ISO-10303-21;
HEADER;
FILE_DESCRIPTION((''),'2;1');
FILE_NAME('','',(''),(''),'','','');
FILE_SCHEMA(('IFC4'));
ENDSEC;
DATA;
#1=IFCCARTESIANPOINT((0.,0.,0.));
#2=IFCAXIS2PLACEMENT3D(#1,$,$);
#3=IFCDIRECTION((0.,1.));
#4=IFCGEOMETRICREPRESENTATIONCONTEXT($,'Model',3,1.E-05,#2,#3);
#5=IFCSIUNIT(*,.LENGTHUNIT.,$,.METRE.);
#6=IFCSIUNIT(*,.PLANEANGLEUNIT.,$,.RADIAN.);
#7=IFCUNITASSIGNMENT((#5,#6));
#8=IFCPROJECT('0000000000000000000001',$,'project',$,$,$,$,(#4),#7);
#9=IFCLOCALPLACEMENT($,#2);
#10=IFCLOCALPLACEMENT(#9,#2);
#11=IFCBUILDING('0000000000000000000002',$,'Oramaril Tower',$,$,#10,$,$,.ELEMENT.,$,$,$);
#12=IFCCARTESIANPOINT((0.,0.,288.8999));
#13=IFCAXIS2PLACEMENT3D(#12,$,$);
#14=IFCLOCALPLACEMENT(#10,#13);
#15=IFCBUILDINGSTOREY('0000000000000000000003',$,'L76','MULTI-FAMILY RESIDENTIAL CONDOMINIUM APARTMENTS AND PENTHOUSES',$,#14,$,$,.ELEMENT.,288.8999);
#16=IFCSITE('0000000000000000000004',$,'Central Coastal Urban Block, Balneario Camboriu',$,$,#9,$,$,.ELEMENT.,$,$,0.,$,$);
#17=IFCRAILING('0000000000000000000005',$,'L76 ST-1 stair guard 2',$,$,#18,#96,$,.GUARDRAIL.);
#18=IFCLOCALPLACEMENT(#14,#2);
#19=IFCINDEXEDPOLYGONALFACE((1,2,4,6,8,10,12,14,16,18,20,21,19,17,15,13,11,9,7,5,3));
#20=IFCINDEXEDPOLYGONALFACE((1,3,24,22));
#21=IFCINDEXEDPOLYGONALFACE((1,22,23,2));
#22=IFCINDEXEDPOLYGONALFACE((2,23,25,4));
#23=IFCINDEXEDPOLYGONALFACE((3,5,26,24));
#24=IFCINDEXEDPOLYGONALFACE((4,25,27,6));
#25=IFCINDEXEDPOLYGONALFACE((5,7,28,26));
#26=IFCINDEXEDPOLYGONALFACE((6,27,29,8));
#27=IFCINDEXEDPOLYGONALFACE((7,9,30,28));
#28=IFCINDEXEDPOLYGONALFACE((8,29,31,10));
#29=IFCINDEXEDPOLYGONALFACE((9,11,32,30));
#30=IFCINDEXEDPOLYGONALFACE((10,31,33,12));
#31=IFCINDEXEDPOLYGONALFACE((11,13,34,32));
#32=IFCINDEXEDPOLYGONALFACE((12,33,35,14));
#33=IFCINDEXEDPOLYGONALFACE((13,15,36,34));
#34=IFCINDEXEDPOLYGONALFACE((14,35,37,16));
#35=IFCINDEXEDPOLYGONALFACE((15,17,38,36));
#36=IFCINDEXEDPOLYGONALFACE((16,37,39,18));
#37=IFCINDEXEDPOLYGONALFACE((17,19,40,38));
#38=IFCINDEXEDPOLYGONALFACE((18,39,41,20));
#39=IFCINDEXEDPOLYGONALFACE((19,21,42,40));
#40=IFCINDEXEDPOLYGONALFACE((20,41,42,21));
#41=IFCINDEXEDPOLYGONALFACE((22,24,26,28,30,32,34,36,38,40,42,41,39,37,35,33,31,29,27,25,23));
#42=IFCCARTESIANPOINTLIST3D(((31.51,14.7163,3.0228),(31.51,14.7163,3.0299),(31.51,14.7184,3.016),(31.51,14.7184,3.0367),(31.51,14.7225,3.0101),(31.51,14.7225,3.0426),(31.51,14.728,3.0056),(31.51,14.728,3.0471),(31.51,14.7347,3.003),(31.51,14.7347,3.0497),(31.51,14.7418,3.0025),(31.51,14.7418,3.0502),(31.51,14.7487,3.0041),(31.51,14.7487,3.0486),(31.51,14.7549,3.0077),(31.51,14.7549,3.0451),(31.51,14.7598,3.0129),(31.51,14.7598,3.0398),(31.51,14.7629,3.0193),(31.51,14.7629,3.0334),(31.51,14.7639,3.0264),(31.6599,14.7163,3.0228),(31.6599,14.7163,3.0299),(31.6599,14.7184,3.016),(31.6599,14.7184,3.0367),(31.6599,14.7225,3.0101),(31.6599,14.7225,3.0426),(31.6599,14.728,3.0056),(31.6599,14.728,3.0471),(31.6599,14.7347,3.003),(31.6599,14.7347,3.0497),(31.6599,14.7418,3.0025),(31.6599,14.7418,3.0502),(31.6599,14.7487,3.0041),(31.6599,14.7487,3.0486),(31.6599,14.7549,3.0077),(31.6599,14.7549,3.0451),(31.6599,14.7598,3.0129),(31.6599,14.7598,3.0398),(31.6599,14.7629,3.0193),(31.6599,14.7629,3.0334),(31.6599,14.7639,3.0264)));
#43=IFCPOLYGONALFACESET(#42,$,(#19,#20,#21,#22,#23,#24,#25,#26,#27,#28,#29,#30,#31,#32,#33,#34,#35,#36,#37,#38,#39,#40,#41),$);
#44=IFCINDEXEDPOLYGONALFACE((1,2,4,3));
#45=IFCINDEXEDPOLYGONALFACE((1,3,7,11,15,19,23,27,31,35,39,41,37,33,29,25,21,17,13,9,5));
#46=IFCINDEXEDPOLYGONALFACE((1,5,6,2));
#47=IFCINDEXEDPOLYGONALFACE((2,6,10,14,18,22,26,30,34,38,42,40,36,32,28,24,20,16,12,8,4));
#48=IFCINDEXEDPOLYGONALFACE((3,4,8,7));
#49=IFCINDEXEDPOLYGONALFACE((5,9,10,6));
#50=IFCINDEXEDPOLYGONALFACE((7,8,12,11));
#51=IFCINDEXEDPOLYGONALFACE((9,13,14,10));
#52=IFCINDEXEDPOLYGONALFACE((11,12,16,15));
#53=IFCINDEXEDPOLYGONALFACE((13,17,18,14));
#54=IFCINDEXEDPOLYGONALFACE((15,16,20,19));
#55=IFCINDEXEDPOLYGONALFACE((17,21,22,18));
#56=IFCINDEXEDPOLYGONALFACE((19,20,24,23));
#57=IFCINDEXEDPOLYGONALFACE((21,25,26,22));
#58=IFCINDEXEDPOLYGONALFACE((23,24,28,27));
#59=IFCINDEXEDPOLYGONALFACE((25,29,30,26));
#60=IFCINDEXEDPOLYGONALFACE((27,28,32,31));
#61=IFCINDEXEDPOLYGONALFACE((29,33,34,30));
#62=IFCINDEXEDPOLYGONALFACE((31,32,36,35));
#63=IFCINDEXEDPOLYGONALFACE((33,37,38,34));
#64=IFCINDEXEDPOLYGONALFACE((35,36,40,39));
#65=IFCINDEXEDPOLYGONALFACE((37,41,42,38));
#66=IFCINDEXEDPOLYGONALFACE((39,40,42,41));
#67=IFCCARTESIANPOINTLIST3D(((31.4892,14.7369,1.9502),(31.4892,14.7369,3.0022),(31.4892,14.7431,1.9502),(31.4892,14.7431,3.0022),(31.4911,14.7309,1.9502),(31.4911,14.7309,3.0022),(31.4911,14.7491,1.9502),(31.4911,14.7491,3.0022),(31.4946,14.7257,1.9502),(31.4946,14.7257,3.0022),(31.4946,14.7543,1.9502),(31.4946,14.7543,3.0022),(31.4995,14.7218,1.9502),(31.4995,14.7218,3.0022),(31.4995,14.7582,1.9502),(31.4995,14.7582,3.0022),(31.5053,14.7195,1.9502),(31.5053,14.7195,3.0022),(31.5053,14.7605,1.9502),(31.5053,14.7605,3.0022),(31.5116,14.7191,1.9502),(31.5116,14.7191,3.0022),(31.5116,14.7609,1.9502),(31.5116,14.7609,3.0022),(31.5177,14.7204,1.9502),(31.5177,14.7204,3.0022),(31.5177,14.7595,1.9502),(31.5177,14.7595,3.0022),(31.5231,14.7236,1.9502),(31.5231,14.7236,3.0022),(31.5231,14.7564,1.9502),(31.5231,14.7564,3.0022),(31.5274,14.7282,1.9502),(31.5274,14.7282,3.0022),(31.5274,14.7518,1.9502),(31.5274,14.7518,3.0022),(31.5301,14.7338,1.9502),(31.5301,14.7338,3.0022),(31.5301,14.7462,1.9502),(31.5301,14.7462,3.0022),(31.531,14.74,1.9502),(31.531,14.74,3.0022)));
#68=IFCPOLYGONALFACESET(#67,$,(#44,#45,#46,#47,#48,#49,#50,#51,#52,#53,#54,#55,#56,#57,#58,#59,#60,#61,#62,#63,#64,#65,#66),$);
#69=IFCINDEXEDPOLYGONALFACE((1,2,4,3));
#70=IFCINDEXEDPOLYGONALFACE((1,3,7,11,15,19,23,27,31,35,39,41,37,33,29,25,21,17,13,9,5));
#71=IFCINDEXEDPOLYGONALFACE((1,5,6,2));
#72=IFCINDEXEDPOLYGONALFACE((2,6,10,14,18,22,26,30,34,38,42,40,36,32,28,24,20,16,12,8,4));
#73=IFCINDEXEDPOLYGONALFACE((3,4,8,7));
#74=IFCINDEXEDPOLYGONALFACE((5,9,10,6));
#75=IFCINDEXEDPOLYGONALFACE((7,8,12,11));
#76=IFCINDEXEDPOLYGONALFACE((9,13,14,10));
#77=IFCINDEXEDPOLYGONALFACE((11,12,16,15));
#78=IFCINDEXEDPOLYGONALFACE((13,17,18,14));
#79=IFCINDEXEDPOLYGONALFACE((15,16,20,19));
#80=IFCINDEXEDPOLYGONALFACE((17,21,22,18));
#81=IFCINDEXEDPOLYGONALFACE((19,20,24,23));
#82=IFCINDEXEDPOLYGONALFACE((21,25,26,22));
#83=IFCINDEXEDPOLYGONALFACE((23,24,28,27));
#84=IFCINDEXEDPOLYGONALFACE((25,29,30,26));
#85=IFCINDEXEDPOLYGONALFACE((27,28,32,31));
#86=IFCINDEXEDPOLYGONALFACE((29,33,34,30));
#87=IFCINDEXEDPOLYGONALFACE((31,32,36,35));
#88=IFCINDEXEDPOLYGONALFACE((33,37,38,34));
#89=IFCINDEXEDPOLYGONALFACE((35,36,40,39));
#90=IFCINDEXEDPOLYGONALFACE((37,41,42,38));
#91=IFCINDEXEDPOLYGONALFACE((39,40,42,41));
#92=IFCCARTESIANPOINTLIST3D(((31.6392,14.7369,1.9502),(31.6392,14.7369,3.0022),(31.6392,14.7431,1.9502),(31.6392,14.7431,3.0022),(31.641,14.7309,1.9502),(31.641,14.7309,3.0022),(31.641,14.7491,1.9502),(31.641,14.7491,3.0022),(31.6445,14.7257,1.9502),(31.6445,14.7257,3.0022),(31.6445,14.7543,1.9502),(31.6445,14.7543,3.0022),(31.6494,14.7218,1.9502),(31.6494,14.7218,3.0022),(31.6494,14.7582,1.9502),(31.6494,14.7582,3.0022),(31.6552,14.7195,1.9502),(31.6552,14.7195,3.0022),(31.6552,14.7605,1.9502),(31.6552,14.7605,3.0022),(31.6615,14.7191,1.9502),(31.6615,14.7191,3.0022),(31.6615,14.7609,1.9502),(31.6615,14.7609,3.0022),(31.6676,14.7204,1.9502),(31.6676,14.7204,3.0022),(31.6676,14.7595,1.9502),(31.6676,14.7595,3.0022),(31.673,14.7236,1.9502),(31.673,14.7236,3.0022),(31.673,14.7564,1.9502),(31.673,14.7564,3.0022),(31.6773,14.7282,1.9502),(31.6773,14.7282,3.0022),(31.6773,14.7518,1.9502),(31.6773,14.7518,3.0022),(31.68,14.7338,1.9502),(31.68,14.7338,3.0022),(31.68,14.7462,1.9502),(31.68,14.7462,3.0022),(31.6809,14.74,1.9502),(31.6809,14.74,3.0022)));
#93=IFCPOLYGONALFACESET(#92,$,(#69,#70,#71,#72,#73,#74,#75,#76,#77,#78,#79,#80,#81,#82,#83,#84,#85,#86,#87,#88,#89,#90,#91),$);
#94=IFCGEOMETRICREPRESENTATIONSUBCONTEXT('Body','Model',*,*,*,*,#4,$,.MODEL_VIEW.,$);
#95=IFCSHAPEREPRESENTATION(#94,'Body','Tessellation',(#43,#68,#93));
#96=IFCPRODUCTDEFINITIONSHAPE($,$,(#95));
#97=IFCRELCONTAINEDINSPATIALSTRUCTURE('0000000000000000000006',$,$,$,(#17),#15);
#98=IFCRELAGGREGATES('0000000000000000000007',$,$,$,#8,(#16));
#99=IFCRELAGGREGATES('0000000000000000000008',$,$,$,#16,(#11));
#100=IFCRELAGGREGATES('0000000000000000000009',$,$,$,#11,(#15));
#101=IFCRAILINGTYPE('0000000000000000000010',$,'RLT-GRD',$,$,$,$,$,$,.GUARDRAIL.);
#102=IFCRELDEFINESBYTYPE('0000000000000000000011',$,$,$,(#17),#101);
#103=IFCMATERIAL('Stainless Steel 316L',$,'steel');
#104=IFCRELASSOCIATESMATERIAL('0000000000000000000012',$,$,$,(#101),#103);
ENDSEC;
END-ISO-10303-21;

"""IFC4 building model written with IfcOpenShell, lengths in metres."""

from ifc_helpers import new_model, si_unit, direction, frame, origin, origin_2d, place, context, subcontext, project, spatial, circle, extrude, material, type_object, element, save


model = new_model("IFC4")

# Units and contexts
model_context = context("Model", 3, precision=1e-05, world=origin(), true_north=direction((0.0, 1.0)))
body_context = subcontext(model_context, "Body", "Model", "MODEL_VIEW")
ifc_project = project(units=[si_unit("LENGTHUNIT", "METRE"), si_unit("PLANEANGLEUNIT", "RADIAN")], contexts=[model_context])

# Site, building, storey
site_placement = place(None, origin())
site = spatial("IfcSite", under=ifc_project, at=site_placement, Name="Central Coastal Urban Block, Balneario Camboriu", CompositionType="ELEMENT", RefElevation=0.0)
building_placement = place(site_placement, origin())
building = spatial("IfcBuilding", under=site, at=building_placement, Name="Oramaril Tower", CompositionType="ELEMENT")
storey_placement = place(building_placement, frame((0.0, 0.0, 288.8999)))
storey = spatial("IfcBuildingStorey", under=building, at=storey_placement, Name="L76", Description="MULTI-FAMILY RESIDENTIAL CONDOMINIUM APARTMENTS AND PENTHOUSES", CompositionType="ELEMENT", Elevation=288.8999)

# Railing
ifc_material_1 = material(Name="Stainless Steel 316L", Category="steel")
railing_type_1 = type_object("IfcRailingType", Name="RLT-GRD", PredefinedType="GUARDRAIL", material=ifc_material_1)
railing_1_placement = place(storey_placement, frame((31.51, 14.74, 1.9502)))
element("IfcRailing", 1, at=railing_1_placement, inside=storey, type_object=railing_type_1, Name="L76 ST-1 stair guard 2", PredefinedType="GUARDRAIL", context=body_context, shape_type="SweptSolid", body=[
    extrude(circle(Radius=0.0239, at=origin_2d()), frame((0.0, 0.0, 1.0762), z_axis=(1.0, 0.0, 0.0), x_axis=(0.0, 1.0, 0.0)), (0.0, 0.0, 1.0), 0.1499),
    extrude(circle(Radius=0.021, at=origin_2d()), origin(), (0.0, 0.0, 1.0), 1.052),
    extrude(circle(Radius=0.021, at=origin_2d()), frame((0.1499, 0.0, 0.0)), (0.0, 0.0, 1.0), 1.052),
])

save(model, "model.ifc")
